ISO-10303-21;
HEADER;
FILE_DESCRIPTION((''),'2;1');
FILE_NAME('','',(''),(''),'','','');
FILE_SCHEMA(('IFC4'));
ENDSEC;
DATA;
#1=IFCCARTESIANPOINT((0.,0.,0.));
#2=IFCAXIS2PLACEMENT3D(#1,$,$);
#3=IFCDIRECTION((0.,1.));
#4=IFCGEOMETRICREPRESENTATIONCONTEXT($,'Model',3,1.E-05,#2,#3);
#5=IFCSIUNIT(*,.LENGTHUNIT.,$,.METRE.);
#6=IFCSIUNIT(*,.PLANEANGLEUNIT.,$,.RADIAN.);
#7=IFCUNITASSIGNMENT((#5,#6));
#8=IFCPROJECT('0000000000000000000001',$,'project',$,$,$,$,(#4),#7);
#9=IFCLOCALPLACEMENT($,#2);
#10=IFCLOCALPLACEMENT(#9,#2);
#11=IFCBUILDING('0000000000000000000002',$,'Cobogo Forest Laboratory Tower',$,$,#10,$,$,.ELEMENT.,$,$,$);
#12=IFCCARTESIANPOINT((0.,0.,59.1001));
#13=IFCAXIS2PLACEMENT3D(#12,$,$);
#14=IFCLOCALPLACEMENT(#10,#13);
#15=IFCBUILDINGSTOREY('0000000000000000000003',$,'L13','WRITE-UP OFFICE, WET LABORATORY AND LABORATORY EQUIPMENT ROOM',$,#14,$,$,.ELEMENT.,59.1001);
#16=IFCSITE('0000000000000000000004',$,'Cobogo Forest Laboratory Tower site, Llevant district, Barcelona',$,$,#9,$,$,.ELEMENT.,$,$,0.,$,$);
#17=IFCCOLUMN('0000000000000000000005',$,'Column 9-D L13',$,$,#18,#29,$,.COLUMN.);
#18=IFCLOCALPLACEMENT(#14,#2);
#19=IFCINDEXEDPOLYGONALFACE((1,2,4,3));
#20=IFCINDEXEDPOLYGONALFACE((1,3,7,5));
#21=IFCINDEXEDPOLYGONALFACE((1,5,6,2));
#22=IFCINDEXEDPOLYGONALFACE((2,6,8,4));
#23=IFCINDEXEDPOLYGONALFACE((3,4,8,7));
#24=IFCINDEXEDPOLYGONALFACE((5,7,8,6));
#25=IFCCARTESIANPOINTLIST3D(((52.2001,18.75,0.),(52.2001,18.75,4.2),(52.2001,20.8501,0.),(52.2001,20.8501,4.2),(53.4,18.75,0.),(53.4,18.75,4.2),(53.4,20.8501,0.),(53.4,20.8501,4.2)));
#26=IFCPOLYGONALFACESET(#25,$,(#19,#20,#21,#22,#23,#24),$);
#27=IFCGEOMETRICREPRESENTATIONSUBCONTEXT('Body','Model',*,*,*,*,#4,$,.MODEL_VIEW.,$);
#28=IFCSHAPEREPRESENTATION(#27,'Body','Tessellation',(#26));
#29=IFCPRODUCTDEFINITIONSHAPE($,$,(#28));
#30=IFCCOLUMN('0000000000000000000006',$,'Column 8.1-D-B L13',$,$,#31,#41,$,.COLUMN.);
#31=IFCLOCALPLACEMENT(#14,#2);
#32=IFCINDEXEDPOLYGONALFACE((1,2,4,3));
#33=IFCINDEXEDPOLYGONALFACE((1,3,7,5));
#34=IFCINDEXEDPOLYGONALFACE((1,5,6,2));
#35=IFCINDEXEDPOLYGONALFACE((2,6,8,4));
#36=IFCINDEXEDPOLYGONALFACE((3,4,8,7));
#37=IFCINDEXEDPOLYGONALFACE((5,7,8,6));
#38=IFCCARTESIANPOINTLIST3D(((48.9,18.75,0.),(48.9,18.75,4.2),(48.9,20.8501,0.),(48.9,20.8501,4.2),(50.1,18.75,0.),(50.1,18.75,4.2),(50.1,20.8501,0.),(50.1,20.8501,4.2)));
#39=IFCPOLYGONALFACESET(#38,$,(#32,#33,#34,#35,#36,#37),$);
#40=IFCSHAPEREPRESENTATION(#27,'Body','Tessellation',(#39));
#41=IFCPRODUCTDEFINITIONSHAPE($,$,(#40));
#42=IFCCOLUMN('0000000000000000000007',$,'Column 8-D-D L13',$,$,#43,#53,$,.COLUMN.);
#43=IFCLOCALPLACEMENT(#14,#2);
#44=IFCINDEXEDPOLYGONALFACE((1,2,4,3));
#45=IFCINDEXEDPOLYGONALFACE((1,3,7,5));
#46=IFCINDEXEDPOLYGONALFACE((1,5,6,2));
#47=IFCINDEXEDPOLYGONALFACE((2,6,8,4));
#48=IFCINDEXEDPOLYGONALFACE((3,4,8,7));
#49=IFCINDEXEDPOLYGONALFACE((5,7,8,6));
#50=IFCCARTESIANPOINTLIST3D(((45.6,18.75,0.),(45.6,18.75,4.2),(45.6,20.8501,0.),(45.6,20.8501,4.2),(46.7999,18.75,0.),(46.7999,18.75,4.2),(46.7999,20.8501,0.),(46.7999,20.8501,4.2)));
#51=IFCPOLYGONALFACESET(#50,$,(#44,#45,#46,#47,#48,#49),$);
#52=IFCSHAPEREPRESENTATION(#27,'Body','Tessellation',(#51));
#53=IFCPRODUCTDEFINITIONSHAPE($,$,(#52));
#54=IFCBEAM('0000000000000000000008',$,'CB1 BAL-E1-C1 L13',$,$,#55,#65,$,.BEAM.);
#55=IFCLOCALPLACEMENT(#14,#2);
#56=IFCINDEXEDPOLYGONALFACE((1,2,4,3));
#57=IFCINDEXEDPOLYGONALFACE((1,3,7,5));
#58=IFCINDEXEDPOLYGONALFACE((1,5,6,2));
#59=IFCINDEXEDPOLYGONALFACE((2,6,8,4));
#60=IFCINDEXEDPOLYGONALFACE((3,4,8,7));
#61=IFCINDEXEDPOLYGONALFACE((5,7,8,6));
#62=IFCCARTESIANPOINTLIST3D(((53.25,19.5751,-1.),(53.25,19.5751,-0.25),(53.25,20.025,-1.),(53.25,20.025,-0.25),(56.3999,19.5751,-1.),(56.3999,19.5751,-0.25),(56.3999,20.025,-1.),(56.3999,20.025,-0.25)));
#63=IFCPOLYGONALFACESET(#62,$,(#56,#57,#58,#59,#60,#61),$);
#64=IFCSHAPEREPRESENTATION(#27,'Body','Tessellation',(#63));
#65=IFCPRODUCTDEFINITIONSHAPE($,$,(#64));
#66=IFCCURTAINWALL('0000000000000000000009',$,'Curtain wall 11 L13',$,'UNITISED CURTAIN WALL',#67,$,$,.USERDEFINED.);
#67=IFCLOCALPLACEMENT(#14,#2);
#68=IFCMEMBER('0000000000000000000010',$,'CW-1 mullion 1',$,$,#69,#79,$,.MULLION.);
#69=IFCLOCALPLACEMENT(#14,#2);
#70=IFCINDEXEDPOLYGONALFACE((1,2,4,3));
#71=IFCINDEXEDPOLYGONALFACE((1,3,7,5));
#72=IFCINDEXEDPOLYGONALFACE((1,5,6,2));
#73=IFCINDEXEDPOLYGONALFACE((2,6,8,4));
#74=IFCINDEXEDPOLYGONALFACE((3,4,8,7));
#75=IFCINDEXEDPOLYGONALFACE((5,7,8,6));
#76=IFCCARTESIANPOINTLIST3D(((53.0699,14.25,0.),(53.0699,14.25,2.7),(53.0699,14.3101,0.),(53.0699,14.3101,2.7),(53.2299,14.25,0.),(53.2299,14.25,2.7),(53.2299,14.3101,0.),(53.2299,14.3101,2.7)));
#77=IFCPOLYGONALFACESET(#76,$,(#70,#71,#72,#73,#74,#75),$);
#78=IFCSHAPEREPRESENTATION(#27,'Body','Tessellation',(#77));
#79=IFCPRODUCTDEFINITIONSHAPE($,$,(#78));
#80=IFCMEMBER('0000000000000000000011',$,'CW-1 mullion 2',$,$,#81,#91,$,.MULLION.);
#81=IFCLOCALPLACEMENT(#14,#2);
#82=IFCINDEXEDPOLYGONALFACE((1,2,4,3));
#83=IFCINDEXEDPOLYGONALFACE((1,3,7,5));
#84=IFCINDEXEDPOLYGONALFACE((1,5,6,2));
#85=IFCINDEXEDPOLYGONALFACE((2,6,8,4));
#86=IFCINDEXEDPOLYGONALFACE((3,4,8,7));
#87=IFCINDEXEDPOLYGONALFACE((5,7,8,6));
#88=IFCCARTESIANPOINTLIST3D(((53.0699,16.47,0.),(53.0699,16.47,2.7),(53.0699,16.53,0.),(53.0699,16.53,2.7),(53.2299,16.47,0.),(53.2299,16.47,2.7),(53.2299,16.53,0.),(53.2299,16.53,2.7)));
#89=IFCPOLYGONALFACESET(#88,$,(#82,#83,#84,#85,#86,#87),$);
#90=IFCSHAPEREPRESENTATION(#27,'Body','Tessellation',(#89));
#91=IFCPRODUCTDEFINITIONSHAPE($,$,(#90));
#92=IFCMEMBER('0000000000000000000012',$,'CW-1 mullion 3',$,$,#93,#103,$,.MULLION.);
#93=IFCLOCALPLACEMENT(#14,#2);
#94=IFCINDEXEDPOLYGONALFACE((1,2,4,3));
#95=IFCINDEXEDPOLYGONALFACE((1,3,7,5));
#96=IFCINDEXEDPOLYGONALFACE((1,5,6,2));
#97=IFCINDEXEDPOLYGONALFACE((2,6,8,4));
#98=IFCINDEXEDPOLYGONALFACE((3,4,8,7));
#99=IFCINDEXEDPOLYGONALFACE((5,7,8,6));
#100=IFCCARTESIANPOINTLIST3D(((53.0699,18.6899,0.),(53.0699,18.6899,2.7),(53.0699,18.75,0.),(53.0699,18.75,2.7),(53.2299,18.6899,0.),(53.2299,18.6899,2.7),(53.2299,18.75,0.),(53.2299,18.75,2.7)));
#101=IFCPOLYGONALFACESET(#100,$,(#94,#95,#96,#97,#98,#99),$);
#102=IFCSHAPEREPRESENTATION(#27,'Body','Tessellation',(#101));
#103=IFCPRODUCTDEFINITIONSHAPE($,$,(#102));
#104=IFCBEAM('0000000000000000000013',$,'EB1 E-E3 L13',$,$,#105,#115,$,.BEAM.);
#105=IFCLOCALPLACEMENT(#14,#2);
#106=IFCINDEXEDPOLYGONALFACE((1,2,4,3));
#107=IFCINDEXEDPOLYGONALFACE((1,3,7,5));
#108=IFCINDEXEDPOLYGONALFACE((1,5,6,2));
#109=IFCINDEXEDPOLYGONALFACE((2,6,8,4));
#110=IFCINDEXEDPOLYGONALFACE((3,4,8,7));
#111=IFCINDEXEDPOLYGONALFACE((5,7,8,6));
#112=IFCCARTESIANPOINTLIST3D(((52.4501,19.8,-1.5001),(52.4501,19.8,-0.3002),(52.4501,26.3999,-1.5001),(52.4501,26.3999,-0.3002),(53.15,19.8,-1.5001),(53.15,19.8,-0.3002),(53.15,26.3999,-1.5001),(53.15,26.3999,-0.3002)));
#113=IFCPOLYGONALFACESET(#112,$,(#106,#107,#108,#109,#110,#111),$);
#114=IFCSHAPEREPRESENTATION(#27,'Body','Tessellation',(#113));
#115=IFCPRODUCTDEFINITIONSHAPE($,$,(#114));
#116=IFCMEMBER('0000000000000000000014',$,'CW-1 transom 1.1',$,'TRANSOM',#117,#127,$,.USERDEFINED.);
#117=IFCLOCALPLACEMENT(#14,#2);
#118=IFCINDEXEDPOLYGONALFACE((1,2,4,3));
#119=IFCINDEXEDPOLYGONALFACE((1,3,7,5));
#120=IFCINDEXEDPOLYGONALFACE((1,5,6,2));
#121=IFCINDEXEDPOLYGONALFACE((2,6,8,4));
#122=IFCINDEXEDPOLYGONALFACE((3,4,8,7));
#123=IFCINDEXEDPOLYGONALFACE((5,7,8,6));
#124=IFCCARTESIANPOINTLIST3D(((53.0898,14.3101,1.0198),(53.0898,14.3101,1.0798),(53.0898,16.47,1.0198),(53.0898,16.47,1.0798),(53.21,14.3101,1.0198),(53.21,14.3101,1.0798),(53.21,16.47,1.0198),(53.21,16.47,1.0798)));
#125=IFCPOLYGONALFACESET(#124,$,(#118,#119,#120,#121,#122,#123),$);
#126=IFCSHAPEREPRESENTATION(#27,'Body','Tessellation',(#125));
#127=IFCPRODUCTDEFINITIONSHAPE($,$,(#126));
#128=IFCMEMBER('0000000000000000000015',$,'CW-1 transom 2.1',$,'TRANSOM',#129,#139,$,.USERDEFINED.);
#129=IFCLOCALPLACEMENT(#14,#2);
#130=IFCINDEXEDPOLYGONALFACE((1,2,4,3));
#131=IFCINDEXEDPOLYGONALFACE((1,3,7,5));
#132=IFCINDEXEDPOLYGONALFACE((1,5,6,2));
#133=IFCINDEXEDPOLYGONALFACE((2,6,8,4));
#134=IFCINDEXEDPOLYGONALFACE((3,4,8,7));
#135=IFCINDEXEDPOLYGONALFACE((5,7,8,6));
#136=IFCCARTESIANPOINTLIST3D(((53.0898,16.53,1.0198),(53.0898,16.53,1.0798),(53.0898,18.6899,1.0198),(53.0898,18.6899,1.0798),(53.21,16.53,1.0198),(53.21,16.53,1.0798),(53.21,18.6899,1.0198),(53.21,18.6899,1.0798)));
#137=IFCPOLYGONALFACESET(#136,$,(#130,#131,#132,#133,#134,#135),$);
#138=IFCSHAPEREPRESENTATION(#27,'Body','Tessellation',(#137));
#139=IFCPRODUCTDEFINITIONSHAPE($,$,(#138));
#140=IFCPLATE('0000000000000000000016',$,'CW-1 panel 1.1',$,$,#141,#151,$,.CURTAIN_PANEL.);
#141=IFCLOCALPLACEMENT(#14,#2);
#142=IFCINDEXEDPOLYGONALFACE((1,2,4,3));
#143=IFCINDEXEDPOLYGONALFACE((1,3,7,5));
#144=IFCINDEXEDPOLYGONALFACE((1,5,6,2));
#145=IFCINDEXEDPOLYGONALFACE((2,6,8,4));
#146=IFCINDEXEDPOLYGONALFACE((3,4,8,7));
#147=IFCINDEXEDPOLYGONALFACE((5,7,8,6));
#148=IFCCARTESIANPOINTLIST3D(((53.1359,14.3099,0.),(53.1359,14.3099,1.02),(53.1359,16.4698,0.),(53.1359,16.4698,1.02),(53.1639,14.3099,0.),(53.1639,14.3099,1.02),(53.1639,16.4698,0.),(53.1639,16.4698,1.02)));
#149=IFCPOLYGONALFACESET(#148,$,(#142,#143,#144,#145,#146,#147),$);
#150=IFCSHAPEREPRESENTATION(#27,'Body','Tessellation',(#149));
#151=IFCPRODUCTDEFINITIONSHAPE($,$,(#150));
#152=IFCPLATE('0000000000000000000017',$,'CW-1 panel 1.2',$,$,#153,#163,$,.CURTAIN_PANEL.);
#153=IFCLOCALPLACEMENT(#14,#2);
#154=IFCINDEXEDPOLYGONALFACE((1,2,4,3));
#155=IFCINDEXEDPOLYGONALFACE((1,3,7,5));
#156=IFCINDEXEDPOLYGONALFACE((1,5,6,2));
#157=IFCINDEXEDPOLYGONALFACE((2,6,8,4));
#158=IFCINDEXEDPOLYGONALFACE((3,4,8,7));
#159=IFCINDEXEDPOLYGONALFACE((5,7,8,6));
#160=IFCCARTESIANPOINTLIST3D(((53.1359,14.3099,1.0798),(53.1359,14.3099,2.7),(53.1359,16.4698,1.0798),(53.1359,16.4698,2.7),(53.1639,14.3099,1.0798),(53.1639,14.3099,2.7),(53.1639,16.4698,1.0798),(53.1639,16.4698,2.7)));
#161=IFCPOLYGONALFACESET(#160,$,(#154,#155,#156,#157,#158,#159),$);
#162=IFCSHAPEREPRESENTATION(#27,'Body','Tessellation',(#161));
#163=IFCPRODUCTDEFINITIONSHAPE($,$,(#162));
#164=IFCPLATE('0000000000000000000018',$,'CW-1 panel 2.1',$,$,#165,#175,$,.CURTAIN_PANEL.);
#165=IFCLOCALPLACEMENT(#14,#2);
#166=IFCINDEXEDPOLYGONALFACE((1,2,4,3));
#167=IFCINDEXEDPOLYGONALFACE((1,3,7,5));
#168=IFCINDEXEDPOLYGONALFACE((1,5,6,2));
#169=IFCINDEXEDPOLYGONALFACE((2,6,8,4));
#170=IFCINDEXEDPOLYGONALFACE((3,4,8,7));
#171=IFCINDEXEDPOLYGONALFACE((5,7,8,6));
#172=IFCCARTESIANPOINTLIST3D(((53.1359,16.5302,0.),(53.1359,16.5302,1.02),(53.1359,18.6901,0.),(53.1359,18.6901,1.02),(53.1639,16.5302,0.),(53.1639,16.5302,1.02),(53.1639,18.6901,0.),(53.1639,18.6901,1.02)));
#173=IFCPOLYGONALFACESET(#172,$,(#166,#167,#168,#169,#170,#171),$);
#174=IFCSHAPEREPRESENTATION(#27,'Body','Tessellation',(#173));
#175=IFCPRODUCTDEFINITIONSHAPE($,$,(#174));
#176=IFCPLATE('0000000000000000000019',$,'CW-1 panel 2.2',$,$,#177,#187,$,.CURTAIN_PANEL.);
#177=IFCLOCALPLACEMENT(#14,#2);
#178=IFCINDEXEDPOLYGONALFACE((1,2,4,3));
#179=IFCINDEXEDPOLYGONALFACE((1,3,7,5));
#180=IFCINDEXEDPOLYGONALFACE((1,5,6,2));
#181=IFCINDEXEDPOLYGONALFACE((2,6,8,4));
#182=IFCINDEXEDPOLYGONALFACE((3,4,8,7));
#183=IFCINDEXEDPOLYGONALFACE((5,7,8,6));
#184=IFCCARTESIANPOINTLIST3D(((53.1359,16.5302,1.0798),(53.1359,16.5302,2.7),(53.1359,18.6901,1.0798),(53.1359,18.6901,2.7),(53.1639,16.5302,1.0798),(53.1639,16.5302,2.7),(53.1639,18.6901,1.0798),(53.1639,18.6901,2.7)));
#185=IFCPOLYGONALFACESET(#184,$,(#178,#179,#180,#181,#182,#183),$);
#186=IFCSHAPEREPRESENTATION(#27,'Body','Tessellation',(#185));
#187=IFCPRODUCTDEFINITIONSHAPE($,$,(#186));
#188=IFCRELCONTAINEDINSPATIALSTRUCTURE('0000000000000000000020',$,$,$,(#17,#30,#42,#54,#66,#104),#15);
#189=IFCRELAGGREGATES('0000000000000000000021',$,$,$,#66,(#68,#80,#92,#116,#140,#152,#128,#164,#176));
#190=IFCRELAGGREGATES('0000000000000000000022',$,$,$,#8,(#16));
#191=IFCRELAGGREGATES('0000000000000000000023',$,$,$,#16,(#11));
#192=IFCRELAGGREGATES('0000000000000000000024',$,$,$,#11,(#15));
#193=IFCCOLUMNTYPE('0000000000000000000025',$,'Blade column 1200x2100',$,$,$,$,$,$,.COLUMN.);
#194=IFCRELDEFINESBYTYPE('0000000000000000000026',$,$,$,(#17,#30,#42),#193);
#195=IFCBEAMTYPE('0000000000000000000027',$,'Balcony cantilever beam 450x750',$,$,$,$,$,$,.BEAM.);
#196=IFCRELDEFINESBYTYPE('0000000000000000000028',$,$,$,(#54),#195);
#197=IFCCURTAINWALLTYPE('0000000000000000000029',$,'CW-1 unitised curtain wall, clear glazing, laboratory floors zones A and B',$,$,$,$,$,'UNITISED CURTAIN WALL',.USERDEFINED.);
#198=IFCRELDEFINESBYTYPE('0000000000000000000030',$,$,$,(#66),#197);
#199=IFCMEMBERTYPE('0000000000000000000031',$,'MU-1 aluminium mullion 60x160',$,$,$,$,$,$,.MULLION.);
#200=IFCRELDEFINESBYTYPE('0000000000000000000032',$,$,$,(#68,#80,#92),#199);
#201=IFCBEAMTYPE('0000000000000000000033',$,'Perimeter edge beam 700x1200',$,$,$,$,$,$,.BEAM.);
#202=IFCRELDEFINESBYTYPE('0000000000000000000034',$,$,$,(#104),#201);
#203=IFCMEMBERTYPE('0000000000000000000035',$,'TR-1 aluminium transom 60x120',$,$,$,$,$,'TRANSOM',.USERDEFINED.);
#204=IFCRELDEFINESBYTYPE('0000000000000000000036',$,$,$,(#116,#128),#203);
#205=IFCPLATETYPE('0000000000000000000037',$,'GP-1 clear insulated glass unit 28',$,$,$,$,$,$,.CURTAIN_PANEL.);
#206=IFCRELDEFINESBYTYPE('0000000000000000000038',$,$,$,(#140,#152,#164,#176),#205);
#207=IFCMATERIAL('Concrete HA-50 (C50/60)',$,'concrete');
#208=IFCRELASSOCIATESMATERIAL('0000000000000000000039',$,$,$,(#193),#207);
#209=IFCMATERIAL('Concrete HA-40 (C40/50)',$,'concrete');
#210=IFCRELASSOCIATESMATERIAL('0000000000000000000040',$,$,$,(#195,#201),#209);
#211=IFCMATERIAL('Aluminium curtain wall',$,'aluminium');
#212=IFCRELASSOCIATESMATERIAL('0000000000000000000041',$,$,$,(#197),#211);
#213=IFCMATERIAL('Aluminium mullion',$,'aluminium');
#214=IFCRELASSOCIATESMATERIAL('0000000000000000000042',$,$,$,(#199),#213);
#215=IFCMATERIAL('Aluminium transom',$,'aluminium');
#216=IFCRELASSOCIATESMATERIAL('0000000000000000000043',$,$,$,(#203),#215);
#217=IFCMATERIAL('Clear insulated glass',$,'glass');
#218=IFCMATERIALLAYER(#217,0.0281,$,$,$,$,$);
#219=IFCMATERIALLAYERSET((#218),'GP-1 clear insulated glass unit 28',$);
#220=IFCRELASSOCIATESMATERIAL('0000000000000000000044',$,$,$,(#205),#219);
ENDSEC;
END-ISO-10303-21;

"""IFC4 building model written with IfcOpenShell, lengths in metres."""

from ifc_helpers import new_model, si_unit, direction, frame, origin, origin_2d, place, context, subcontext, project, spatial, rectangle, extrude, material, layer, layer_set, material_profile, profile_set, type_object, element, aggregate, save


model = new_model("IFC4")

# Units and contexts
model_context = context("Model", 3, precision=1e-05, world=origin(), true_north=direction((0.0, 1.0)))
body_context = subcontext(model_context, "Body", "Model", "MODEL_VIEW")
ifc_project = project(units=[si_unit("LENGTHUNIT", "METRE"), si_unit("PLANEANGLEUNIT", "RADIAN")], contexts=[model_context])

# Site, building, storey
site_placement = place(None, origin())
site = spatial("IfcSite", under=ifc_project, at=site_placement, Name="Cobogo Forest Laboratory Tower site, Llevant district, Barcelona", CompositionType="ELEMENT", RefElevation=0.0)
building_placement = place(site_placement, origin())
building = spatial("IfcBuilding", under=site, at=building_placement, Name="Cobogo Forest Laboratory Tower", CompositionType="ELEMENT")
storey_placement = place(building_placement, frame((0.0, 0.0, 59.1001)))
storey = spatial("IfcBuildingStorey", under=building, at=storey_placement, Name="L13", Description="WRITE-UP OFFICE, WET LABORATORY AND LABORATORY EQUIPMENT ROOM", CompositionType="ELEMENT", Elevation=59.1001)

# Columns
ifc_material_1 = material(Name="Concrete HA-50 (C50/60)", Category="concrete")
ifc_material_profile_1 = material_profile(ifc_material_1, rectangle(XDim=2.1001, YDim=1.2, at=origin_2d()), Name="RC 1200x2100")
ifc_profile_set_1 = profile_set([ifc_material_profile_1], Name="Concrete HA-50 (C50/60)")
column_type = type_object("IfcColumnType", Name="Blade column 1200x2100", PredefinedType="COLUMN", material=ifc_profile_set_1)
for number, where, z_axis, x_axis, name in (
    (1, (52.8, 19.8, 0.0), (0.0, 0.0, 1.0), (0.0, 1.0, 0.0), "Column 9-D L13"),
    (2, (49.5, 19.8, 0.0), (0.0, 0.0, 1.0), (0.0, 1.0, 0.0), "Column 8.1-D-B L13"),
    (3, (46.2, 19.8, 0.0), (0.0, 0.0, 1.0), (0.0, 1.0, 0.0), "Column 8-D-D L13"),
):
    element("IfcColumn", number, at=place(storey_placement, frame(where, z_axis=z_axis, x_axis=x_axis)), inside=storey, type_object=column_type, Name=name, PredefinedType="COLUMN", context=body_context, shape_type="SweptSolid", body=[
        extrude(rectangle(XDim=2.1001, YDim=1.2, at=origin_2d()), origin(), (0.0, 0.0, 1.0), 4.2),
    ])

# Beam
ifc_material_2 = material(Name="Concrete HA-40 (C40/50)", Category="concrete")
ifc_material_profile_2 = material_profile(ifc_material_2, rectangle(XDim=0.45, YDim=0.75, at=origin_2d()), Name="RC 450x750")
ifc_profile_set_2 = profile_set([ifc_material_profile_2], Name="Concrete HA-40 (C40/50)")
beam_type_1 = type_object("IfcBeamType", Name="Balcony cantilever beam 450x750", PredefinedType="BEAM", material=ifc_profile_set_2)
beam_1_placement = place(storey_placement, frame((53.25, 19.8, -0.625), z_axis=(1.0, 0.0, 0.0), x_axis=(0.0, 1.0, 0.0)))
element("IfcBeam", 4, at=beam_1_placement, inside=storey, type_object=beam_type_1, Name="CB1 BAL-E1-C1 L13", PredefinedType="BEAM", context=body_context, shape_type="SweptSolid", body=[
    extrude(rectangle(XDim=0.45, YDim=0.75, at=origin_2d()), origin(), (0.0, 0.0, 1.0), 3.1499),
])

# Curtain wall, members
ifc_material_3 = material(Name="Aluminium curtain wall", Category="aluminium")
curtain_wall_type = type_object("IfcCurtainWallType", Name="CW-1 unitised curtain wall, clear glazing, laboratory floors zones A and B", ElementType="UNITISED CURTAIN WALL", PredefinedType="USERDEFINED", material=ifc_material_3)
curtain_wall_placement = place(storey_placement, origin())
curtain_wall = element("IfcCurtainWall", 5, at=curtain_wall_placement, inside=storey, type_object=curtain_wall_type, Name="Curtain wall 11 L13", ObjectType="UNITISED CURTAIN WALL", PredefinedType="USERDEFINED")
ifc_material_4 = material(Name="Aluminium mullion", Category="aluminium")
ifc_material_profile_3 = material_profile(ifc_material_4, rectangle(XDim=0.0601, YDim=0.1599, at=origin_2d()), Name="AL 60x160")
ifc_profile_set_3 = profile_set([ifc_material_profile_3], Name="Aluminium mullion")
member_type_1 = type_object("IfcMemberType", Name="MU-1 aluminium mullion 60x160", PredefinedType="MULLION", material=ifc_profile_set_3)
member_1_placement = place(storey_placement, frame((53.1499, 14.28, 0.0), z_axis=(0.0, 0.0, 1.0), x_axis=(0.0, 1.0, 0.0)))
member_1 = element("IfcMember", 6, at=member_1_placement, type_object=member_type_1, Name="CW-1 mullion 1", PredefinedType="MULLION", context=body_context, shape_type="SweptSolid", body=[
    extrude(rectangle(XDim=0.0601, YDim=0.1599, at=origin_2d()), origin(), (0.0, 0.0, 1.0), 2.7),
])
member_2_placement = place(storey_placement, frame((53.1499, 16.5, 0.0), z_axis=(0.0, 0.0, 1.0), x_axis=(0.0, 1.0, 0.0)))
member_2 = element("IfcMember", 7, at=member_2_placement, type_object=member_type_1, Name="CW-1 mullion 2", PredefinedType="MULLION", context=body_context, shape_type="SweptSolid", body=[
    extrude(rectangle(XDim=0.0601, YDim=0.1599, at=origin_2d()), origin(), (0.0, 0.0, 1.0), 2.7),
])
member_3_placement = place(storey_placement, frame((53.1499, 18.72, 0.0), z_axis=(0.0, 0.0, 1.0), x_axis=(0.0, 1.0, 0.0)))
member_3 = element("IfcMember", 8, at=member_3_placement, type_object=member_type_1, Name="CW-1 mullion 3", PredefinedType="MULLION", context=body_context, shape_type="SweptSolid", body=[
    extrude(rectangle(XDim=0.0601, YDim=0.1599, at=origin_2d()), origin(), (0.0, 0.0, 1.0), 2.7),
])

# Beam
ifc_material_profile_4 = material_profile(ifc_material_2, rectangle(XDim=0.7, YDim=1.2, at=origin_2d()), Name="RC 700x1200")
ifc_profile_set_4 = profile_set([ifc_material_profile_4], Name="Concrete HA-40 (C40/50)")
beam_type_2 = type_object("IfcBeamType", Name="Perimeter edge beam 700x1200", PredefinedType="BEAM", material=ifc_profile_set_4)
beam_2_placement = place(storey_placement, frame((52.8, 19.8, -0.9001), z_axis=(0.0, 1.0, 0.0), x_axis=(-1.0, 0.0, 0.0)))
element("IfcBeam", 9, at=beam_2_placement, inside=storey, type_object=beam_type_2, Name="EB1 E-E3 L13", PredefinedType="BEAM", context=body_context, shape_type="SweptSolid", body=[
    extrude(rectangle(XDim=0.7, YDim=1.2, at=origin_2d()), origin(), (0.0, 0.0, 1.0), 6.5999),
])

# Members
ifc_material_5 = material(Name="Aluminium transom", Category="aluminium")
ifc_material_profile_5 = material_profile(ifc_material_5, rectangle(XDim=0.1201, YDim=0.0601, at=origin_2d()), Name="AL 60x120")
ifc_profile_set_5 = profile_set([ifc_material_profile_5], Name="Aluminium transom")
member_type_2 = type_object("IfcMemberType", Name="TR-1 aluminium transom 60x120", ElementType="TRANSOM", PredefinedType="USERDEFINED", material=ifc_profile_set_5)
member_4_placement = place(storey_placement, frame((53.1499, 14.3101, 1.0498), z_axis=(0.0, 1.0, 0.0), x_axis=(-1.0, 0.0, 0.0)))
member_4 = element("IfcMember", 10, at=member_4_placement, type_object=member_type_2, Name="CW-1 transom 1.1", ObjectType="TRANSOM", PredefinedType="USERDEFINED", context=body_context, shape_type="SweptSolid", body=[
    extrude(rectangle(XDim=0.1201, YDim=0.0601, at=origin_2d()), origin(), (0.0, 0.0, 1.0), 2.1599),
])
member_5_placement = place(storey_placement, frame((53.1499, 16.53, 1.0498), z_axis=(0.0, 1.0, 0.0), x_axis=(-1.0, 0.0, 0.0)))
member_5 = element("IfcMember", 11, at=member_5_placement, type_object=member_type_2, Name="CW-1 transom 2.1", ObjectType="TRANSOM", PredefinedType="USERDEFINED", context=body_context, shape_type="SweptSolid", body=[
    extrude(rectangle(XDim=0.1201, YDim=0.0601, at=origin_2d()), origin(), (0.0, 0.0, 1.0), 2.1599),
])

# Plates
ifc_material_6 = material(Name="Clear insulated glass", Category="glass")
ifc_layer_1 = layer(ifc_material_6, 0.0281)
ifc_layer_set_1 = layer_set([ifc_layer_1], Name="GP-1 clear insulated glass unit 28")
plate_type_1 = type_object("IfcPlateType", Name="GP-1 clear insulated glass unit 28", PredefinedType="CURTAIN_PANEL", material=ifc_layer_set_1)
plate_1_placement = place(storey_placement, frame((53.1499, 15.3899, 0.0), z_axis=(0.0, 0.0, 1.0), x_axis=(0.0, 1.0, 0.0)))
plate_1 = element("IfcPlate", 12, at=plate_1_placement, type_object=plate_type_1, Name="CW-1 panel 1.1", PredefinedType="CURTAIN_PANEL", context=body_context, shape_type="SweptSolid", body=[
    extrude(rectangle(XDim=2.1599, YDim=0.0281, at=origin_2d()), origin(), (0.0, 0.0, 1.0), 1.02),
])
plate_2_placement = place(storey_placement, frame((53.1499, 15.3899, 1.0798), z_axis=(0.0, 0.0, 1.0), x_axis=(0.0, 1.0, 0.0)))
plate_2 = element("IfcPlate", 13, at=plate_2_placement, type_object=plate_type_1, Name="CW-1 panel 1.2", PredefinedType="CURTAIN_PANEL", context=body_context, shape_type="SweptSolid", body=[
    extrude(rectangle(XDim=2.1599, YDim=0.0281, at=origin_2d()), origin(), (0.0, 0.0, 1.0), 1.6201),
])
plate_3_placement = place(storey_placement, frame((53.1499, 17.6101, 0.0), z_axis=(0.0, 0.0, 1.0), x_axis=(0.0, 1.0, 0.0)))
plate_3 = element("IfcPlate", 14, at=plate_3_placement, type_object=plate_type_1, Name="CW-1 panel 2.1", PredefinedType="CURTAIN_PANEL", context=body_context, shape_type="SweptSolid", body=[
    extrude(rectangle(XDim=2.1599, YDim=0.0281, at=origin_2d()), origin(), (0.0, 0.0, 1.0), 1.02),
])
plate_4_placement = place(storey_placement, frame((53.1499, 17.6101, 1.0798), z_axis=(0.0, 0.0, 1.0), x_axis=(0.0, 1.0, 0.0)))
plate_4 = element("IfcPlate", 15, at=plate_4_placement, type_object=plate_type_1, Name="CW-1 panel 2.2", PredefinedType="CURTAIN_PANEL", context=body_context, shape_type="SweptSolid", body=[
    extrude(rectangle(XDim=2.1599, YDim=0.0281, at=origin_2d()), origin(), (0.0, 0.0, 1.0), 1.6201),
])
aggregate(curtain_wall, [member_1, member_2, member_3, member_4, plate_1, plate_2, member_5, plate_3, plate_4])

save(model, "model.ifc")
